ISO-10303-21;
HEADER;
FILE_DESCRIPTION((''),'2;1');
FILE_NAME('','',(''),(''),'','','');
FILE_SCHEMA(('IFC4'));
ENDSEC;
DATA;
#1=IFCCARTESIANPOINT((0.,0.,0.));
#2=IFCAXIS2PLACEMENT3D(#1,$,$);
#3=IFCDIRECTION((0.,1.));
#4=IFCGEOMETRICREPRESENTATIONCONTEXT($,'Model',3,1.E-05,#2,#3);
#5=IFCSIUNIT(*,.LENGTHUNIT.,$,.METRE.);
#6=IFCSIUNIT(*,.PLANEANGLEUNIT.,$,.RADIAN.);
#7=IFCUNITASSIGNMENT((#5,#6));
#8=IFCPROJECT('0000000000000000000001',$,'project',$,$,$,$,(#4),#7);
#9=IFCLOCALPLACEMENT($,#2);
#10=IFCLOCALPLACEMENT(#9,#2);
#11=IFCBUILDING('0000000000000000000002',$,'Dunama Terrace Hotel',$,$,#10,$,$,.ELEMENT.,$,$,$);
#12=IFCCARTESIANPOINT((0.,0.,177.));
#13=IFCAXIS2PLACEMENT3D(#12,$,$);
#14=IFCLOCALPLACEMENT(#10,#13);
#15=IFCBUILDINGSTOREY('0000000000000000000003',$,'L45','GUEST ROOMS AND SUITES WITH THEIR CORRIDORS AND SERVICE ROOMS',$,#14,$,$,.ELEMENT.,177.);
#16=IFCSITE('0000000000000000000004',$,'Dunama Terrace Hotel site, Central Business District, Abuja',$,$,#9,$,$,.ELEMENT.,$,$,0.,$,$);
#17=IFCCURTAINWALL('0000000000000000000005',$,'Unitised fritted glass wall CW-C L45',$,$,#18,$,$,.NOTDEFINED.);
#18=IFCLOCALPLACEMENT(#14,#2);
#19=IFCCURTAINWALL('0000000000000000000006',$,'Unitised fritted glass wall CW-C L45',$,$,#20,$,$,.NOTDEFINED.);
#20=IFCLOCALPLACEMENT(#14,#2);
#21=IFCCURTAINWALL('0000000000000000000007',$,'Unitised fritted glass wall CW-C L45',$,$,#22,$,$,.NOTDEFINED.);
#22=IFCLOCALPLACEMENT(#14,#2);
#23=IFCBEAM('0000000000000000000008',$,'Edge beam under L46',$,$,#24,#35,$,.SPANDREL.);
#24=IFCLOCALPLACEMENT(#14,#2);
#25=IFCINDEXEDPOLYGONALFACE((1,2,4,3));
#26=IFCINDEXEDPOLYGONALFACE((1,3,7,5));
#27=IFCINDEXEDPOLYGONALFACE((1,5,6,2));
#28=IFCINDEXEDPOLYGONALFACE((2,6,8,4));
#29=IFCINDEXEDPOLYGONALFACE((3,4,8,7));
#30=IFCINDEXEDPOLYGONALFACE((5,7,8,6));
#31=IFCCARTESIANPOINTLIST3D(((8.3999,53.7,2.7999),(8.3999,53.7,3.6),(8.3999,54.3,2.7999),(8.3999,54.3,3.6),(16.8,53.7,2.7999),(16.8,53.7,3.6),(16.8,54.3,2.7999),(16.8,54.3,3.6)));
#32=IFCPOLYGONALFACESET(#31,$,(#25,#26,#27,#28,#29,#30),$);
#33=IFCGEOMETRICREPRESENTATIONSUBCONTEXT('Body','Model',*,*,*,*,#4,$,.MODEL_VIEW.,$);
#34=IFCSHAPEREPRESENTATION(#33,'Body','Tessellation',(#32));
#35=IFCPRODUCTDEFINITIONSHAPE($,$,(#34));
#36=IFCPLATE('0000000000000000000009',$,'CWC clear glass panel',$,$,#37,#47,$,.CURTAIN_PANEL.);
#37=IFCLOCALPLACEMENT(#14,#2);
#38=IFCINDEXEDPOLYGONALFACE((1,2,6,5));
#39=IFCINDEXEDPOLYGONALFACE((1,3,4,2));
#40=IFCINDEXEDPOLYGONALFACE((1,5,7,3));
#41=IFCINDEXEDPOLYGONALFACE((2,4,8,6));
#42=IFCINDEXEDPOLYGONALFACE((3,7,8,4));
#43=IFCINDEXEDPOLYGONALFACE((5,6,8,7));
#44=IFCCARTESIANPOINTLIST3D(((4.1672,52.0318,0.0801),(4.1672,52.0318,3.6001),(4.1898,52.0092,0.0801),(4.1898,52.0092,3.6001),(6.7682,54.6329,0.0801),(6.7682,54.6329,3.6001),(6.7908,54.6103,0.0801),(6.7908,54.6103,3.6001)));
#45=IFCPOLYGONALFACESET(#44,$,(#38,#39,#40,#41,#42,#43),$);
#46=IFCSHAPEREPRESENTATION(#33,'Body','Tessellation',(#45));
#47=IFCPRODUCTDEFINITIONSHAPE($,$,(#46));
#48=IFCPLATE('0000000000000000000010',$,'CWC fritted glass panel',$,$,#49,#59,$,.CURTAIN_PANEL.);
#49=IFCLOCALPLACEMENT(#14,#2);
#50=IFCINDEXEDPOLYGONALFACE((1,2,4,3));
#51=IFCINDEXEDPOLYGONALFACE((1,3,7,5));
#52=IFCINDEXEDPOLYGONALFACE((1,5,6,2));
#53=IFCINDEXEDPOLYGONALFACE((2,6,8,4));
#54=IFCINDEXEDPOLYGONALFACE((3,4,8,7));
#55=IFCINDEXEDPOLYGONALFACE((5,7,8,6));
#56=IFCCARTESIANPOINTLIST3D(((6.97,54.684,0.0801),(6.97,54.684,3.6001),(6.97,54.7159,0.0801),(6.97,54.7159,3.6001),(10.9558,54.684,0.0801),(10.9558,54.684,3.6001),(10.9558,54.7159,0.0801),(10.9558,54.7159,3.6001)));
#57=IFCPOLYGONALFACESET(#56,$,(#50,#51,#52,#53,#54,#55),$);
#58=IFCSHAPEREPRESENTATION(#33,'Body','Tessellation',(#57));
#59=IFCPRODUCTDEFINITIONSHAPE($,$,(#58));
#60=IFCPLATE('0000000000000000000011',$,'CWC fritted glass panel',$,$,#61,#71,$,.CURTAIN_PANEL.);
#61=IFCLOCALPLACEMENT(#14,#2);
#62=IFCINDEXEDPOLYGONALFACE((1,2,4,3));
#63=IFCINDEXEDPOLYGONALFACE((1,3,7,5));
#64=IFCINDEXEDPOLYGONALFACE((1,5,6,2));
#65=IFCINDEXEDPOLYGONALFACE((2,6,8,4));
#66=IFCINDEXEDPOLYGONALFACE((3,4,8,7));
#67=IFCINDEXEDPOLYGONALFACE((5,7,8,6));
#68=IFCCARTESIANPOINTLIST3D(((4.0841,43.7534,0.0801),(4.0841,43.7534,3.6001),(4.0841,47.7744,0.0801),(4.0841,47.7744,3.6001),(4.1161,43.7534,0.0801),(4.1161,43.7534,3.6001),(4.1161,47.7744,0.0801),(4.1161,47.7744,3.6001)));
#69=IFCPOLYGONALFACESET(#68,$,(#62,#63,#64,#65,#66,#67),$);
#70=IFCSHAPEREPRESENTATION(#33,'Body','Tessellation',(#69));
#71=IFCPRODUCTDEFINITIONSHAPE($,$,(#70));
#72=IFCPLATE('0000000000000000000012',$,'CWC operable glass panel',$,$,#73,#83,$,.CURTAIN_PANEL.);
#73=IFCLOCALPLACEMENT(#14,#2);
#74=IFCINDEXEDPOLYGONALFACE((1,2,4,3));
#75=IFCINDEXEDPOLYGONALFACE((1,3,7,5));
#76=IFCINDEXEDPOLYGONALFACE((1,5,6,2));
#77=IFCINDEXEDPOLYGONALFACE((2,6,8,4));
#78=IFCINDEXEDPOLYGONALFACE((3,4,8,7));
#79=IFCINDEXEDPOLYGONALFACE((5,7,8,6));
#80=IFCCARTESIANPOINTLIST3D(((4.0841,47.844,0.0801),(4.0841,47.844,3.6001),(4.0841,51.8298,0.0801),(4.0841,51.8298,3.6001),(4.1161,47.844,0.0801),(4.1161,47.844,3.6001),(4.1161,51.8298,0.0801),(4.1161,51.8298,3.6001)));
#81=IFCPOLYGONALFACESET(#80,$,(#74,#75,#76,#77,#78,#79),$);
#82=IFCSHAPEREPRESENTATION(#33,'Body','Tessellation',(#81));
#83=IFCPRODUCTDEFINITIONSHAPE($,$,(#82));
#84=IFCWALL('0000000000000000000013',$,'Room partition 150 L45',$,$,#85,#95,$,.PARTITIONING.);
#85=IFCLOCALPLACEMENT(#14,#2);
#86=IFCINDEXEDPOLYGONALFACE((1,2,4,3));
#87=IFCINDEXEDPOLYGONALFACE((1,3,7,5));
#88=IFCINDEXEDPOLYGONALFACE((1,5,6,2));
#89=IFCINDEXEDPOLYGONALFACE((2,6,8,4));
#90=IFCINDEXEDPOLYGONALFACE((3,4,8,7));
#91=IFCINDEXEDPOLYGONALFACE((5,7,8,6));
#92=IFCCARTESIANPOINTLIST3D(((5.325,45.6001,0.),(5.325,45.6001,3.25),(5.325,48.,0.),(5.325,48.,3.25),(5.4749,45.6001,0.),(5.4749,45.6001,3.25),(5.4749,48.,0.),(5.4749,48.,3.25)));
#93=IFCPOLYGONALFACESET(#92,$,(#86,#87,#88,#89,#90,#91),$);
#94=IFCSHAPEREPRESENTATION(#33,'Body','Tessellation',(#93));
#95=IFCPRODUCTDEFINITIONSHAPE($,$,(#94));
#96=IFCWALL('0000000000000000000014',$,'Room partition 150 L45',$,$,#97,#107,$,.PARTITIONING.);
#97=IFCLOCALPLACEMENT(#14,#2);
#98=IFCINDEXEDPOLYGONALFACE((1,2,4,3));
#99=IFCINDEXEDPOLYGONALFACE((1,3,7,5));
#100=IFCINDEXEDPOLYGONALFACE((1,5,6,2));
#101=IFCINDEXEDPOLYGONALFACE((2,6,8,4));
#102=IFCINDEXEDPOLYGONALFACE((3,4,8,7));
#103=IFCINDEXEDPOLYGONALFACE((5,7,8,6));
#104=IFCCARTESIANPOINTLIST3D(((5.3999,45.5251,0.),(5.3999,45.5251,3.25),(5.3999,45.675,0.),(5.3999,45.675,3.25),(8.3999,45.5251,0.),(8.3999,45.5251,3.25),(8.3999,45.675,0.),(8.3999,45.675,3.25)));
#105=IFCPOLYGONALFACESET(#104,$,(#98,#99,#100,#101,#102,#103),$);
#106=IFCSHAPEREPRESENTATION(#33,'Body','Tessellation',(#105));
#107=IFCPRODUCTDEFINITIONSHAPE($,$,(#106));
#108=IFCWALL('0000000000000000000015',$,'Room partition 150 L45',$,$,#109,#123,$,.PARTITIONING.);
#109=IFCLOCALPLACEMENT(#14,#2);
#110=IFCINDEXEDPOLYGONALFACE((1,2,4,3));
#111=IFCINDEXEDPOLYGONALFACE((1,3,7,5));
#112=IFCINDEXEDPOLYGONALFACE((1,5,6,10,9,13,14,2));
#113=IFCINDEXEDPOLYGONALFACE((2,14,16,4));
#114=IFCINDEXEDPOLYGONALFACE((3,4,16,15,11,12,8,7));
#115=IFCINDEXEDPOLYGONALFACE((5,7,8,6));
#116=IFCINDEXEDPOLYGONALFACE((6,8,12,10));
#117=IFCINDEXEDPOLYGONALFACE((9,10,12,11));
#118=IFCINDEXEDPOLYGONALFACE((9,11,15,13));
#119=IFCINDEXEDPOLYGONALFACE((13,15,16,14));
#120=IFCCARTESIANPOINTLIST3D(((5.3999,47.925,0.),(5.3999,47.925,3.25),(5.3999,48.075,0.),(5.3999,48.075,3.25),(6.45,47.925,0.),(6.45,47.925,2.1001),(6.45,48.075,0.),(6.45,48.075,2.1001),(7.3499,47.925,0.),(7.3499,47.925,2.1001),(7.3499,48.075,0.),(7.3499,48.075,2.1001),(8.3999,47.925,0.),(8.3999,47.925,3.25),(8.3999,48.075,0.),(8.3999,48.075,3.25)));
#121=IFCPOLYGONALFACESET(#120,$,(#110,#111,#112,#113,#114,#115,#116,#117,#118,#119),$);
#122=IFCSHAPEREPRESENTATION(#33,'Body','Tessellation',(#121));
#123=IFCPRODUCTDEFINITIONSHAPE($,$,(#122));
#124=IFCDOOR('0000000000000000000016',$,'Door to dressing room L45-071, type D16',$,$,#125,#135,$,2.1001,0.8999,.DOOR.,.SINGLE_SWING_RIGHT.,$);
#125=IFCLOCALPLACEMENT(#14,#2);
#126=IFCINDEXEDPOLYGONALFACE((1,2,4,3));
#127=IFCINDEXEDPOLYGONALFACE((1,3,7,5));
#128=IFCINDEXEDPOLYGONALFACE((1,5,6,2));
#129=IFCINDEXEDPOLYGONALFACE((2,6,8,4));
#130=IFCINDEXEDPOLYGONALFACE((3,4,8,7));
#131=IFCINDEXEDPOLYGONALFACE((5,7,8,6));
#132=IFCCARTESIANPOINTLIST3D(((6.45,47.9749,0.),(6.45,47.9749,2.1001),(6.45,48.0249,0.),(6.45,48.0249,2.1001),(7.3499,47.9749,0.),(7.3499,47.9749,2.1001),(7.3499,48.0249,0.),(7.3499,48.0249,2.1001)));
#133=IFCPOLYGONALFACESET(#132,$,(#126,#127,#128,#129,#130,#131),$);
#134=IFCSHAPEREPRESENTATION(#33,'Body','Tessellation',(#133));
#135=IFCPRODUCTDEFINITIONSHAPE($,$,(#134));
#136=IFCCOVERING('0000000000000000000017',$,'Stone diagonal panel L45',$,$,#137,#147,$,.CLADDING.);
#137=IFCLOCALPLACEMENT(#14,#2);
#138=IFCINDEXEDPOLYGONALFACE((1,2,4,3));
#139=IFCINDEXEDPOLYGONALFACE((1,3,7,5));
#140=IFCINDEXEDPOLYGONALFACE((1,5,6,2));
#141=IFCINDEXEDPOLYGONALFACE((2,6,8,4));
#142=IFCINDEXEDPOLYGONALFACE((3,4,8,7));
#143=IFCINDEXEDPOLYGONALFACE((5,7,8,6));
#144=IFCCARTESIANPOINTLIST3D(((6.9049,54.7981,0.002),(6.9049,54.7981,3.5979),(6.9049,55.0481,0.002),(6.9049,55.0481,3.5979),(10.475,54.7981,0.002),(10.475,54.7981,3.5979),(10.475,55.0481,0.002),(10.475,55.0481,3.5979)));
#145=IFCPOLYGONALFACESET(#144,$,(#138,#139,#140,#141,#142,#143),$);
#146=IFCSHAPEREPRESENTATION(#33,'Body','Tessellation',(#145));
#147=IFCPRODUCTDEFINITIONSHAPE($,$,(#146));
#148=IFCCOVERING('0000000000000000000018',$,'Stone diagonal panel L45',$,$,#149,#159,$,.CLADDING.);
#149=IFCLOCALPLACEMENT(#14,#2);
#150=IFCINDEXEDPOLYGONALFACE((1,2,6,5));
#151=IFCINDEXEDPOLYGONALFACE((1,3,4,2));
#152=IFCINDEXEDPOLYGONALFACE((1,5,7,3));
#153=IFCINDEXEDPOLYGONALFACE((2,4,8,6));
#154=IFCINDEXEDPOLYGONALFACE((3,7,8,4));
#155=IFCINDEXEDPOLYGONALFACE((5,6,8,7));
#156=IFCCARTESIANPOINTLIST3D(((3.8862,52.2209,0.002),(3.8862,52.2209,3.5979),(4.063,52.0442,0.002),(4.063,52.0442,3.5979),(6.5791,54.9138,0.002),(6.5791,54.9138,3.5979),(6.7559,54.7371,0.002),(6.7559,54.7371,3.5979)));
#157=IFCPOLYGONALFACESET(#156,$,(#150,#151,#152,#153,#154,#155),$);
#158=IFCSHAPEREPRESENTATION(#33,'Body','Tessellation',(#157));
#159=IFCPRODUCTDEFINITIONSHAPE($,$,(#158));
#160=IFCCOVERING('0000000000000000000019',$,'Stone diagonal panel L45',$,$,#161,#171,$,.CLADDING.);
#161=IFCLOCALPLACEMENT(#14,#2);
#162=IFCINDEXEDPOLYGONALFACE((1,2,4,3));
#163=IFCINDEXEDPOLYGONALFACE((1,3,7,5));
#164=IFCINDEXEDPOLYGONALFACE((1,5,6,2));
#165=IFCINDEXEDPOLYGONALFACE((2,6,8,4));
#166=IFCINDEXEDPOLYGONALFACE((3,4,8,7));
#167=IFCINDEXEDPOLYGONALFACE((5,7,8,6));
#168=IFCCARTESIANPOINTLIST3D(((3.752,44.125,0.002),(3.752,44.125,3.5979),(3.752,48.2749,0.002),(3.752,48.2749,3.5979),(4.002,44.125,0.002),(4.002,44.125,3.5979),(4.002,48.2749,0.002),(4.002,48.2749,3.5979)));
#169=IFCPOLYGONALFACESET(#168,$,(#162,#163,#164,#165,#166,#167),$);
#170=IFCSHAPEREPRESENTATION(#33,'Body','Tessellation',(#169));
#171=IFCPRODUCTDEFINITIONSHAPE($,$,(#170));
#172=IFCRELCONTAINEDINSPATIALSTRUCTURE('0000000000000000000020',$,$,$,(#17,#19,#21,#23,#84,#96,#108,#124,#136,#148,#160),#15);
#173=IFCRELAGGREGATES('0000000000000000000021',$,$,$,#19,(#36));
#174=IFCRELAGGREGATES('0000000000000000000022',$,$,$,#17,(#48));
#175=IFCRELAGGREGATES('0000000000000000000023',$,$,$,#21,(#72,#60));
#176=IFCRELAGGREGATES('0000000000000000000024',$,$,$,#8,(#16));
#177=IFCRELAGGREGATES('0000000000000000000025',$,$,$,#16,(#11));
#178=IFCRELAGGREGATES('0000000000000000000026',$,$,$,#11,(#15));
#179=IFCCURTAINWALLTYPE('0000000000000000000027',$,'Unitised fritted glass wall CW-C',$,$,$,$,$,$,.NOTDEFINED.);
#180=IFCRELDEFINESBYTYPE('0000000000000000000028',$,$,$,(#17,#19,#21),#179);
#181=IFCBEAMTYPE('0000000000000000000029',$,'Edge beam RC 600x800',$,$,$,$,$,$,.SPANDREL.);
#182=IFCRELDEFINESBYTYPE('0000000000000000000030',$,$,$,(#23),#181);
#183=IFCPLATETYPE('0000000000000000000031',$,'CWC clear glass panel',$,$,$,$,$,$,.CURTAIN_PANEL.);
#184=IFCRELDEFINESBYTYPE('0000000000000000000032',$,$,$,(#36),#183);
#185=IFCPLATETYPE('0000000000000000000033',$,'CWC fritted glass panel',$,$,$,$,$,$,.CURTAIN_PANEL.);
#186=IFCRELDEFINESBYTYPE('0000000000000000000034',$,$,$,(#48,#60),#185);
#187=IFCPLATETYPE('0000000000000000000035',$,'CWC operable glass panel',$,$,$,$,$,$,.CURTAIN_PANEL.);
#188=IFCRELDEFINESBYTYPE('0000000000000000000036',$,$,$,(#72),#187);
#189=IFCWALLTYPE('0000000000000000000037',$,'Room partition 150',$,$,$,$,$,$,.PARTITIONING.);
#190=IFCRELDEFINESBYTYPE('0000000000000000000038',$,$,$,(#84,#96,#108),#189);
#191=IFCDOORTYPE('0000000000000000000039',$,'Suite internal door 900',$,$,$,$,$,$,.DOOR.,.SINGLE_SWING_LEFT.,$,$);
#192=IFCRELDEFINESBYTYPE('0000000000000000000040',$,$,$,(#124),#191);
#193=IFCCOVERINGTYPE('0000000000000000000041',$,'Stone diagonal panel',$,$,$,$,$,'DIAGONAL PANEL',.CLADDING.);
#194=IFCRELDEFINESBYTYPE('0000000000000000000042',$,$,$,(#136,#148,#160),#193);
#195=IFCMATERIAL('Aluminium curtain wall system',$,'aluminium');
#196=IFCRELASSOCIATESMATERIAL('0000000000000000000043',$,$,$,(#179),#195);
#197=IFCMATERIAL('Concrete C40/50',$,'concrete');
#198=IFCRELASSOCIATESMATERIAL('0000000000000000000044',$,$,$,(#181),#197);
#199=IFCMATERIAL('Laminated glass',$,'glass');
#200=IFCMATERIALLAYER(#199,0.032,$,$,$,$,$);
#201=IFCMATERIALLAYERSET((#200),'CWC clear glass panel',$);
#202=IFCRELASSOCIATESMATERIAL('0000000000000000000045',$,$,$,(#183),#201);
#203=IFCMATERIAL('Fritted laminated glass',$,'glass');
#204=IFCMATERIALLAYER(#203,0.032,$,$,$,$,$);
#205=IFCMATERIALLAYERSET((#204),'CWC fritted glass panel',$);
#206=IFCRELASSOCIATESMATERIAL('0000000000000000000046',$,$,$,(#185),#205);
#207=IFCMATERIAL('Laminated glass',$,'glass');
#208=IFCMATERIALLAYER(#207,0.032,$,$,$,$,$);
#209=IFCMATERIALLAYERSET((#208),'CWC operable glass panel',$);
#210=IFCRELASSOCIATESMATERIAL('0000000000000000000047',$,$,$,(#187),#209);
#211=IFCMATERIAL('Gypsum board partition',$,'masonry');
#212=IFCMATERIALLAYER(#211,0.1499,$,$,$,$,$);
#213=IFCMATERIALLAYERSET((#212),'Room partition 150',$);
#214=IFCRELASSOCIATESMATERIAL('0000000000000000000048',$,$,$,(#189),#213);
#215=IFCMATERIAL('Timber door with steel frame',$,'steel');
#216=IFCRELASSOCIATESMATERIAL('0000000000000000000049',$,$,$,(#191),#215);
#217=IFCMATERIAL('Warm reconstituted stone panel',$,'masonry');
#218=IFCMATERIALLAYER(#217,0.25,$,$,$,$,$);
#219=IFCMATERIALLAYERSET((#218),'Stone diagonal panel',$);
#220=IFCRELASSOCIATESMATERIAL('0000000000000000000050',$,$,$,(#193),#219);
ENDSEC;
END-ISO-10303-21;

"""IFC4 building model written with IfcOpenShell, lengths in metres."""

from ifc_helpers import new_model, si_unit, direction, frame, frame_2d, origin, origin_2d, place, context, subcontext, project, spatial, rectangle, extrude, material, layer, layer_set, material_profile, profile_set, type_object, element, fill, aggregate, save


model = new_model("IFC4")

# Units and contexts
model_context = context("Model", 3, precision=1e-05, world=origin(), true_north=direction((0.0, 1.0)))
body_context = subcontext(model_context, "Body", "Model", "MODEL_VIEW")
ifc_project = project(units=[si_unit("LENGTHUNIT", "METRE"), si_unit("PLANEANGLEUNIT", "RADIAN")], contexts=[model_context])

# Site, building, storey
site_placement = place(None, origin())
site = spatial("IfcSite", under=ifc_project, at=site_placement, Name="Dunama Terrace Hotel site, Central Business District, Abuja", CompositionType="ELEMENT", RefElevation=0.0)
building_placement = place(site_placement, origin())
building = spatial("IfcBuilding", under=site, at=building_placement, Name="Dunama Terrace Hotel", CompositionType="ELEMENT")
storey_placement = place(building_placement, frame((0.0, 0.0, 177.0)))
storey = spatial("IfcBuildingStorey", under=building, at=storey_placement, Name="L45", Description="GUEST ROOMS AND SUITES WITH THEIR CORRIDORS AND SERVICE ROOMS", CompositionType="ELEMENT", Elevation=177.0)

# Curtain wall
ifc_material_1 = material(Name="Aluminium curtain wall system", Category="aluminium")
curtain_wall_type = type_object("IfcCurtainWallType", Name="Unitised fritted glass wall CW-C", PredefinedType="NOTDEFINED", material=ifc_material_1)
curtain_wall_1_placement = place(storey_placement, origin())
curtain_wall_1 = element("IfcCurtainWall", 1, at=curtain_wall_1_placement, inside=storey, type_object=curtain_wall_type, Name="Unitised fritted glass wall CW-C L45", PredefinedType="NOTDEFINED")

# Curtain walls
curtain_wall_2_placement = place(storey_placement, origin())
curtain_wall_2 = element("IfcCurtainWall", 2, at=curtain_wall_2_placement, inside=storey, type_object=curtain_wall_type, Name="Unitised fritted glass wall CW-C L45", PredefinedType="NOTDEFINED")
curtain_wall_3_placement = place(storey_placement, origin())
curtain_wall_3 = element("IfcCurtainWall", 3, at=curtain_wall_3_placement, inside=storey, type_object=curtain_wall_type, Name="Unitised fritted glass wall CW-C L45", PredefinedType="NOTDEFINED")

# Beam
ifc_material_2 = material(Name="Concrete C40/50", Category="concrete")
ifc_material_profile_1 = material_profile(ifc_material_2, rectangle(XDim=0.6001, YDim=0.8, at=origin_2d()), Name="RC 600x800")
ifc_profile_set_1 = profile_set([ifc_material_profile_1], Name="Concrete C40/50")
beam_type_1 = type_object("IfcBeamType", Name="Edge beam RC 600x800", PredefinedType="SPANDREL", material=ifc_profile_set_1)
beam_1_placement = place(storey_placement, frame((8.3999, 54.0, 3.2), z_axis=(1.0, 0.0, 0.0), x_axis=(0.0, 1.0, 0.0)))
element("IfcBeam", 4, at=beam_1_placement, inside=storey, type_object=beam_type_1, Name="Edge beam under L46", PredefinedType="SPANDREL", context=body_context, shape_type="SweptSolid", body=[
    extrude(rectangle(XDim=0.6001, YDim=0.8, at=origin_2d()), origin(), (0.0, 0.0, 1.0), 8.4001),
])

# Plates
ifc_material_3 = material(Name="Laminated glass", Category="glass")
ifc_layer_1 = layer(ifc_material_3, 0.032)
ifc_layer_set_1 = layer_set([ifc_layer_1], Name="CWC clear glass panel")
plate_type_1 = type_object("IfcPlateType", Name="CWC clear glass panel", PredefinedType="CURTAIN_PANEL", material=ifc_layer_set_1)
plate_1_placement = place(storey_placement, frame((5.479, 53.321, 0.0801), z_axis=(0.0, 0.0, 1.0), x_axis=(-0.707107, -0.707107, 0.0)))
plate_1 = element("IfcPlate", 5, at=plate_1_placement, type_object=plate_type_1, Name="CWC clear glass panel", PredefinedType="CURTAIN_PANEL", context=body_context, shape_type="SweptSolid", body=[
    extrude(rectangle(XDim=3.6785, YDim=0.032, at=origin_2d()), origin(), (0.0, 0.0, 1.0), 3.52),
])
aggregate(curtain_wall_2, [plate_1])
ifc_material_4 = material(Name="Fritted laminated glass", Category="glass")
ifc_layer_2 = layer(ifc_material_4, 0.032)
ifc_layer_set_2 = layer_set([ifc_layer_2], Name="CWC fritted glass panel")
plate_type_2 = type_object("IfcPlateType", Name="CWC fritted glass panel", PredefinedType="CURTAIN_PANEL", material=ifc_layer_set_2)
plate_2_placement = place(storey_placement, frame((8.9629, 54.7, 0.0801), z_axis=(0.0, 0.0, 1.0), x_axis=(-1.0, 0.0, 0.0)))
plate_2 = element("IfcPlate", 6, at=plate_2_placement, type_object=plate_type_2, Name="CWC fritted glass panel", PredefinedType="CURTAIN_PANEL", context=body_context, shape_type="SweptSolid", body=[
    extrude(rectangle(XDim=3.9858, YDim=0.032, at=origin_2d()), origin(), (0.0, 0.0, 1.0), 3.52),
])
aggregate(curtain_wall_1, [plate_2])
plate_3_placement = place(storey_placement, frame((4.1001, 45.7639, 0.0801), z_axis=(0.0, 0.0, 1.0), x_axis=(0.0, -1.0, 0.0)))
plate_3 = element("IfcPlate", 7, at=plate_3_placement, type_object=plate_type_2, Name="CWC fritted glass panel", PredefinedType="CURTAIN_PANEL", context=body_context, shape_type="SweptSolid", body=[
    extrude(rectangle(XDim=4.021, YDim=0.032, at=origin_2d()), origin(), (0.0, 0.0, 1.0), 3.52),
])
ifc_material_5 = material(Name="Laminated glass", Category="glass")
ifc_layer_3 = layer(ifc_material_5, 0.032)
ifc_layer_set_3 = layer_set([ifc_layer_3], Name="CWC operable glass panel")
plate_type_3 = type_object("IfcPlateType", Name="CWC operable glass panel", PredefinedType="CURTAIN_PANEL", material=ifc_layer_set_3)
plate_4_placement = place(storey_placement, frame((4.1001, 49.8369, 0.0801), z_axis=(0.0, 0.0, 1.0), x_axis=(0.0, -1.0, 0.0)))
plate_4 = element("IfcPlate", 8, at=plate_4_placement, type_object=plate_type_3, Name="CWC operable glass panel", PredefinedType="CURTAIN_PANEL", context=body_context, shape_type="SweptSolid", body=[
    extrude(rectangle(XDim=3.9858, YDim=0.032, at=origin_2d()), origin(), (0.0, 0.0, 1.0), 3.52),
])
aggregate(curtain_wall_3, [plate_4, plate_3])

# Walls
ifc_material_6 = material(Name="Gypsum board partition", Category="masonry")
ifc_layer_4 = layer(ifc_material_6, 0.1499)
ifc_layer_set_4 = layer_set([ifc_layer_4], Name="Room partition 150")
wall_type = type_object("IfcWallType", Name="Room partition 150", PredefinedType="PARTITIONING", material=ifc_layer_set_4)
wall_1_placement = place(storey_placement, frame((5.3999, 45.6001, 0.0), z_axis=(0.0, 0.0, 1.0), x_axis=(0.0, 1.0, 0.0)))
element("IfcWall", 9, at=wall_1_placement, inside=storey, type_object=wall_type, Name="Room partition 150 L45", PredefinedType="PARTITIONING", context=body_context, shape_type="SweptSolid", body=[
    extrude(rectangle(XDim=2.3999, YDim=0.1499, at=frame_2d((1.2, 0.0))), origin(), (0.0, 0.0, 1.0), 3.25),
])
wall_2_placement = place(storey_placement, frame((5.3999, 45.6001, 0.0), z_axis=(0.0, 0.0, 1.0), x_axis=(1.0, 0.0, 0.0)))
element("IfcWall", 10, at=wall_2_placement, inside=storey, type_object=wall_type, Name="Room partition 150 L45", PredefinedType="PARTITIONING", context=body_context, shape_type="SweptSolid", body=[
    extrude(rectangle(XDim=3.0, YDim=0.1499, at=frame_2d((1.5, 0.0))), origin(), (0.0, 0.0, 1.0), 3.25),
])

# Wall, opening, door
wall_3_placement = place(storey_placement, frame((5.3999, 48.0, 0.0), z_axis=(0.0, 0.0, 1.0), x_axis=(1.0, 0.0, 0.0)))
wall_3 = element("IfcWall", 11, at=wall_3_placement, inside=storey, type_object=wall_type, Name="Room partition 150 L45", PredefinedType="PARTITIONING", context=body_context, shape_type="SweptSolid", body=[
    extrude(rectangle(XDim=3.0, YDim=0.1499, at=frame_2d((1.5, 0.0))), origin(), (0.0, 0.0, 1.0), 3.25),
])
opening_placement = place(wall_3_placement, frame((1.05, 0.0, 0.0)))
opening = element("IfcOpeningElement", 12, at=opening_placement, cuts=wall_3, PredefinedType="OPENING", context=body_context, shape_type="SweptSolid", body=[
    extrude(rectangle(XDim=0.8999, YDim=2.1001, at=frame_2d((0.45, 1.05))), frame((0.0, 0.085, 0.0), z_axis=(0.0, -1.0, 0.0), x_axis=(1.0, 0.0, 0.0)), (0.0, 0.0, 1.0), 0.1699),
])
ifc_material_7 = material(Name="Timber door with steel frame", Category="steel")
door_type = type_object("IfcDoorType", Name="Suite internal door 900", OperationType="SINGLE_SWING_LEFT", PredefinedType="DOOR", material=ifc_material_7)
door_placement = place(opening_placement, frame((0.8999, 0.0, 0.0), z_axis=(0.0, 0.0, 1.0), x_axis=(-1.0, 0.0, 0.0)))
door = element("IfcDoor", 13, at=door_placement, inside=storey, type_object=door_type, Name="Door to dressing room L45-071, type D16", OperationType="SINGLE_SWING_RIGHT", OverallHeight=2.1001, OverallWidth=0.8999, PredefinedType="DOOR", context=body_context, shape_type="SweptSolid", body=[
    extrude(rectangle(XDim=0.8999, YDim=2.1001, at=frame_2d((0.45, 1.05))), frame((0.0, 0.0251, 0.0), z_axis=(0.0, -1.0, 0.0), x_axis=(1.0, 0.0, 0.0)), (0.0, 0.0, 1.0), 0.05),
])
fill(opening, door)

# Coverings
ifc_material_8 = material(Name="Warm reconstituted stone panel", Category="masonry")
ifc_layer_5 = layer(ifc_material_8, 0.25)
ifc_layer_set_5 = layer_set([ifc_layer_5], Name="Stone diagonal panel")
covering_type = type_object("IfcCoveringType", Name="Stone diagonal panel", ElementType="DIAGONAL PANEL", PredefinedType="CLADDING", material=ifc_layer_set_5)
covering_1_placement = place(storey_placement, frame((8.6899, 54.9231, 0.002), z_axis=(0.0, 0.0, 1.0), x_axis=(-1.0, 0.0, 0.0)))
element("IfcCovering", 14, at=covering_1_placement, inside=storey, type_object=covering_type, Name="Stone diagonal panel L45", PredefinedType="CLADDING", context=body_context, shape_type="SweptSolid", body=[
    extrude(rectangle(XDim=3.5701, YDim=0.25, at=origin_2d()), origin(), (0.0, 0.0, 1.0), 3.5959),
])
covering_2_placement = place(storey_placement, frame((5.321, 53.479, 0.002), z_axis=(0.0, 0.0, 1.0), x_axis=(-0.707107, -0.707107, 0.0)))
element("IfcCovering", 15, at=covering_2_placement, inside=storey, type_object=covering_type, Name="Stone diagonal panel L45", PredefinedType="CLADDING", context=body_context, shape_type="SweptSolid", body=[
    extrude(rectangle(XDim=3.8083, YDim=0.25, at=origin_2d()), origin(), (0.0, 0.0, 1.0), 3.5959),
])
covering_3_placement = place(storey_placement, frame((3.877, 46.2, 0.002), z_axis=(0.0, 0.0, 1.0), x_axis=(0.0, -1.0, 0.0)))
element("IfcCovering", 16, at=covering_3_placement, inside=storey, type_object=covering_type, Name="Stone diagonal panel L45", PredefinedType="CLADDING", context=body_context, shape_type="SweptSolid", body=[
    extrude(rectangle(XDim=4.1499, YDim=0.25, at=origin_2d()), origin(), (0.0, 0.0, 1.0), 3.5959),
])

save(model, "model.ifc")
